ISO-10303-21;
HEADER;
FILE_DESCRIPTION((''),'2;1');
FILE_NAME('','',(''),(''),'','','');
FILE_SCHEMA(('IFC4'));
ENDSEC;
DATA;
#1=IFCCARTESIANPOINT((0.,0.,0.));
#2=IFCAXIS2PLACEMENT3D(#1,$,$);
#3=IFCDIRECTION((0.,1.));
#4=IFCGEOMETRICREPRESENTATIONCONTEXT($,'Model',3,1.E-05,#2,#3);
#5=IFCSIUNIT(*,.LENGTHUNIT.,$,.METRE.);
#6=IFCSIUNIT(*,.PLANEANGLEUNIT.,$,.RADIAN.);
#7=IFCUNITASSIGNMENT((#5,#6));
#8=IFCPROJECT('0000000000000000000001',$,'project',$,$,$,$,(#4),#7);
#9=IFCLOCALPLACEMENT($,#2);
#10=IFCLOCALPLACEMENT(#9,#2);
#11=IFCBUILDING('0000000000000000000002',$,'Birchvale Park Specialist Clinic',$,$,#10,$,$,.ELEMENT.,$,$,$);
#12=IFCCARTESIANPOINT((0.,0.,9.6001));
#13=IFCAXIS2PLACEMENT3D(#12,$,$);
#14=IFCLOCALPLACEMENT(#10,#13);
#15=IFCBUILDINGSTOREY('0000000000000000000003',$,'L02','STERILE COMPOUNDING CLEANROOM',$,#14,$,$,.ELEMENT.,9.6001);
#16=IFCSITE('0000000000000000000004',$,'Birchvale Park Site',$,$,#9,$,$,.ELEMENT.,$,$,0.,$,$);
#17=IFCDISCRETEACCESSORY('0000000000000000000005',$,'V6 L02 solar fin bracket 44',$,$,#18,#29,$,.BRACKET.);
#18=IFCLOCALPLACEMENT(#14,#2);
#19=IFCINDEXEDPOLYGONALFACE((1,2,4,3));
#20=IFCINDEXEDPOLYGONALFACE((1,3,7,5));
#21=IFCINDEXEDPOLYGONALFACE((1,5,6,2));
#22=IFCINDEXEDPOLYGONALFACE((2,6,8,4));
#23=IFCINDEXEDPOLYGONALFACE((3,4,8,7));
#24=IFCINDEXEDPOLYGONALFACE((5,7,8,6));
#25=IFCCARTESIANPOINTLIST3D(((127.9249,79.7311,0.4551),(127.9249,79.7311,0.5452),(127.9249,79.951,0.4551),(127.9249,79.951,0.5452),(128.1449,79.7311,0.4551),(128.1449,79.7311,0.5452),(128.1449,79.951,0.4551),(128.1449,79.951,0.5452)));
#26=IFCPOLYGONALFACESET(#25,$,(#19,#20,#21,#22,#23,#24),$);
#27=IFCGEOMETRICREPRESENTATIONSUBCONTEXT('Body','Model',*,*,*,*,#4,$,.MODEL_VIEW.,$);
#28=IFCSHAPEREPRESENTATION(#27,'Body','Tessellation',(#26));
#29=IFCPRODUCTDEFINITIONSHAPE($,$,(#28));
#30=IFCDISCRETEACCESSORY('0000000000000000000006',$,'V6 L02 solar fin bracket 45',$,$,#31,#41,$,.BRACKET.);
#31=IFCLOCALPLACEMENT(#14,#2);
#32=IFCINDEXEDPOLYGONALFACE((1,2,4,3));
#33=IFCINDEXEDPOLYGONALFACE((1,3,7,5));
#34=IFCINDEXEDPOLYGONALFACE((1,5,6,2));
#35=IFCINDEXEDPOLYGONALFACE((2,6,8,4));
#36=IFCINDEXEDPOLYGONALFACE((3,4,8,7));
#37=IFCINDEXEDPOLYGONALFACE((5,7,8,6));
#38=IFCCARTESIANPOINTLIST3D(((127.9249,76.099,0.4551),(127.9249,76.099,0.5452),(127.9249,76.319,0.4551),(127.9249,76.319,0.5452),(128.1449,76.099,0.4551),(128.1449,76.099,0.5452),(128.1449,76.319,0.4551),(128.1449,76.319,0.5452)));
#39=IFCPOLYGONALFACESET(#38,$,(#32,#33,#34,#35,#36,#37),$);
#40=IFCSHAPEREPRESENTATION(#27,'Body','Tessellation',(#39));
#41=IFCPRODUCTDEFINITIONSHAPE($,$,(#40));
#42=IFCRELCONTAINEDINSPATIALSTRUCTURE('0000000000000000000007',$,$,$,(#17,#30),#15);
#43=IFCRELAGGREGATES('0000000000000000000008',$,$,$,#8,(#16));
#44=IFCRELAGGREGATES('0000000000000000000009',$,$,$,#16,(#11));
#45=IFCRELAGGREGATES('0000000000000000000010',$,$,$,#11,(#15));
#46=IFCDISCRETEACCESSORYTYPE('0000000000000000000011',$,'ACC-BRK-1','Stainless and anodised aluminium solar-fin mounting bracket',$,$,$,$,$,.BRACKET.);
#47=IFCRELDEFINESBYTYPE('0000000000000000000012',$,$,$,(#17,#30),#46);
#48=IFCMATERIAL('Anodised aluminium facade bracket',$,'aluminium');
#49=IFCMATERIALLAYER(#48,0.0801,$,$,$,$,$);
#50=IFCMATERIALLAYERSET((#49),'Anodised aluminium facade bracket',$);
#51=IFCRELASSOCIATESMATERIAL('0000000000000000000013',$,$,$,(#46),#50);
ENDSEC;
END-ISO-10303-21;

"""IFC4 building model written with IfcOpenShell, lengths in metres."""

from ifc_helpers import new_model, si_unit, direction, frame, origin, origin_2d, place, context, subcontext, project, spatial, rectangle, extrude, material, layer, layer_set, type_object, element, save


model = new_model("IFC4")

# Units and contexts
model_context = context("Model", 3, precision=1e-05, world=origin(), true_north=direction((0.0, 1.0)))
body_context = subcontext(model_context, "Body", "Model", "MODEL_VIEW")
ifc_project = project(units=[si_unit("LENGTHUNIT", "METRE"), si_unit("PLANEANGLEUNIT", "RADIAN")], contexts=[model_context])

# Site, building, storey
site_placement = place(None, origin())
site = spatial("IfcSite", under=ifc_project, at=site_placement, Name="Birchvale Park Site", CompositionType="ELEMENT", RefElevation=0.0)
building_placement = place(site_placement, origin())
building = spatial("IfcBuilding", under=site, at=building_placement, Name="Birchvale Park Specialist Clinic", CompositionType="ELEMENT")
storey_placement = place(building_placement, frame((0.0, 0.0, 9.6001)))
storey = spatial("IfcBuildingStorey", under=building, at=storey_placement, Name="L02", Description="STERILE COMPOUNDING CLEANROOM", CompositionType="ELEMENT", Elevation=9.6001)

# Discrete accessories
ifc_material_1 = material(Name="Anodised aluminium facade bracket", Category="aluminium")
ifc_layer_1 = layer(ifc_material_1, 0.0801)
ifc_layer_set_1 = layer_set([ifc_layer_1], Name="Anodised aluminium facade bracket")
discrete_accessory_type = type_object("IfcDiscreteAccessoryType", Name="ACC-BRK-1", Description="Stainless and anodised aluminium solar-fin mounting bracket", PredefinedType="BRACKET", material=ifc_layer_set_1)
for number, where, z_axis, x_axis, name in (
    (1, (128.0349, 79.8411, 0.4551), (0.0, 0.0, 1.0), (1.0, 0.0, 0.0), "V6 L02 solar fin bracket 44"),
    (2, (128.0349, 76.209, 0.4551), (0.0, 0.0, 1.0), (1.0, 0.0, 0.0), "V6 L02 solar fin bracket 45"),
):
    element("IfcDiscreteAccessory", number, at=place(storey_placement, frame(where, z_axis=z_axis, x_axis=x_axis)), inside=storey, type_object=discrete_accessory_type, Name=name, PredefinedType="BRACKET", context=body_context, shape_type="SweptSolid", body=[
        extrude(rectangle(XDim=0.22, YDim=0.22, at=origin_2d()), origin(), (0.0, 0.0, 1.0), 0.0901),
    ])

save(model, "model.ifc")
